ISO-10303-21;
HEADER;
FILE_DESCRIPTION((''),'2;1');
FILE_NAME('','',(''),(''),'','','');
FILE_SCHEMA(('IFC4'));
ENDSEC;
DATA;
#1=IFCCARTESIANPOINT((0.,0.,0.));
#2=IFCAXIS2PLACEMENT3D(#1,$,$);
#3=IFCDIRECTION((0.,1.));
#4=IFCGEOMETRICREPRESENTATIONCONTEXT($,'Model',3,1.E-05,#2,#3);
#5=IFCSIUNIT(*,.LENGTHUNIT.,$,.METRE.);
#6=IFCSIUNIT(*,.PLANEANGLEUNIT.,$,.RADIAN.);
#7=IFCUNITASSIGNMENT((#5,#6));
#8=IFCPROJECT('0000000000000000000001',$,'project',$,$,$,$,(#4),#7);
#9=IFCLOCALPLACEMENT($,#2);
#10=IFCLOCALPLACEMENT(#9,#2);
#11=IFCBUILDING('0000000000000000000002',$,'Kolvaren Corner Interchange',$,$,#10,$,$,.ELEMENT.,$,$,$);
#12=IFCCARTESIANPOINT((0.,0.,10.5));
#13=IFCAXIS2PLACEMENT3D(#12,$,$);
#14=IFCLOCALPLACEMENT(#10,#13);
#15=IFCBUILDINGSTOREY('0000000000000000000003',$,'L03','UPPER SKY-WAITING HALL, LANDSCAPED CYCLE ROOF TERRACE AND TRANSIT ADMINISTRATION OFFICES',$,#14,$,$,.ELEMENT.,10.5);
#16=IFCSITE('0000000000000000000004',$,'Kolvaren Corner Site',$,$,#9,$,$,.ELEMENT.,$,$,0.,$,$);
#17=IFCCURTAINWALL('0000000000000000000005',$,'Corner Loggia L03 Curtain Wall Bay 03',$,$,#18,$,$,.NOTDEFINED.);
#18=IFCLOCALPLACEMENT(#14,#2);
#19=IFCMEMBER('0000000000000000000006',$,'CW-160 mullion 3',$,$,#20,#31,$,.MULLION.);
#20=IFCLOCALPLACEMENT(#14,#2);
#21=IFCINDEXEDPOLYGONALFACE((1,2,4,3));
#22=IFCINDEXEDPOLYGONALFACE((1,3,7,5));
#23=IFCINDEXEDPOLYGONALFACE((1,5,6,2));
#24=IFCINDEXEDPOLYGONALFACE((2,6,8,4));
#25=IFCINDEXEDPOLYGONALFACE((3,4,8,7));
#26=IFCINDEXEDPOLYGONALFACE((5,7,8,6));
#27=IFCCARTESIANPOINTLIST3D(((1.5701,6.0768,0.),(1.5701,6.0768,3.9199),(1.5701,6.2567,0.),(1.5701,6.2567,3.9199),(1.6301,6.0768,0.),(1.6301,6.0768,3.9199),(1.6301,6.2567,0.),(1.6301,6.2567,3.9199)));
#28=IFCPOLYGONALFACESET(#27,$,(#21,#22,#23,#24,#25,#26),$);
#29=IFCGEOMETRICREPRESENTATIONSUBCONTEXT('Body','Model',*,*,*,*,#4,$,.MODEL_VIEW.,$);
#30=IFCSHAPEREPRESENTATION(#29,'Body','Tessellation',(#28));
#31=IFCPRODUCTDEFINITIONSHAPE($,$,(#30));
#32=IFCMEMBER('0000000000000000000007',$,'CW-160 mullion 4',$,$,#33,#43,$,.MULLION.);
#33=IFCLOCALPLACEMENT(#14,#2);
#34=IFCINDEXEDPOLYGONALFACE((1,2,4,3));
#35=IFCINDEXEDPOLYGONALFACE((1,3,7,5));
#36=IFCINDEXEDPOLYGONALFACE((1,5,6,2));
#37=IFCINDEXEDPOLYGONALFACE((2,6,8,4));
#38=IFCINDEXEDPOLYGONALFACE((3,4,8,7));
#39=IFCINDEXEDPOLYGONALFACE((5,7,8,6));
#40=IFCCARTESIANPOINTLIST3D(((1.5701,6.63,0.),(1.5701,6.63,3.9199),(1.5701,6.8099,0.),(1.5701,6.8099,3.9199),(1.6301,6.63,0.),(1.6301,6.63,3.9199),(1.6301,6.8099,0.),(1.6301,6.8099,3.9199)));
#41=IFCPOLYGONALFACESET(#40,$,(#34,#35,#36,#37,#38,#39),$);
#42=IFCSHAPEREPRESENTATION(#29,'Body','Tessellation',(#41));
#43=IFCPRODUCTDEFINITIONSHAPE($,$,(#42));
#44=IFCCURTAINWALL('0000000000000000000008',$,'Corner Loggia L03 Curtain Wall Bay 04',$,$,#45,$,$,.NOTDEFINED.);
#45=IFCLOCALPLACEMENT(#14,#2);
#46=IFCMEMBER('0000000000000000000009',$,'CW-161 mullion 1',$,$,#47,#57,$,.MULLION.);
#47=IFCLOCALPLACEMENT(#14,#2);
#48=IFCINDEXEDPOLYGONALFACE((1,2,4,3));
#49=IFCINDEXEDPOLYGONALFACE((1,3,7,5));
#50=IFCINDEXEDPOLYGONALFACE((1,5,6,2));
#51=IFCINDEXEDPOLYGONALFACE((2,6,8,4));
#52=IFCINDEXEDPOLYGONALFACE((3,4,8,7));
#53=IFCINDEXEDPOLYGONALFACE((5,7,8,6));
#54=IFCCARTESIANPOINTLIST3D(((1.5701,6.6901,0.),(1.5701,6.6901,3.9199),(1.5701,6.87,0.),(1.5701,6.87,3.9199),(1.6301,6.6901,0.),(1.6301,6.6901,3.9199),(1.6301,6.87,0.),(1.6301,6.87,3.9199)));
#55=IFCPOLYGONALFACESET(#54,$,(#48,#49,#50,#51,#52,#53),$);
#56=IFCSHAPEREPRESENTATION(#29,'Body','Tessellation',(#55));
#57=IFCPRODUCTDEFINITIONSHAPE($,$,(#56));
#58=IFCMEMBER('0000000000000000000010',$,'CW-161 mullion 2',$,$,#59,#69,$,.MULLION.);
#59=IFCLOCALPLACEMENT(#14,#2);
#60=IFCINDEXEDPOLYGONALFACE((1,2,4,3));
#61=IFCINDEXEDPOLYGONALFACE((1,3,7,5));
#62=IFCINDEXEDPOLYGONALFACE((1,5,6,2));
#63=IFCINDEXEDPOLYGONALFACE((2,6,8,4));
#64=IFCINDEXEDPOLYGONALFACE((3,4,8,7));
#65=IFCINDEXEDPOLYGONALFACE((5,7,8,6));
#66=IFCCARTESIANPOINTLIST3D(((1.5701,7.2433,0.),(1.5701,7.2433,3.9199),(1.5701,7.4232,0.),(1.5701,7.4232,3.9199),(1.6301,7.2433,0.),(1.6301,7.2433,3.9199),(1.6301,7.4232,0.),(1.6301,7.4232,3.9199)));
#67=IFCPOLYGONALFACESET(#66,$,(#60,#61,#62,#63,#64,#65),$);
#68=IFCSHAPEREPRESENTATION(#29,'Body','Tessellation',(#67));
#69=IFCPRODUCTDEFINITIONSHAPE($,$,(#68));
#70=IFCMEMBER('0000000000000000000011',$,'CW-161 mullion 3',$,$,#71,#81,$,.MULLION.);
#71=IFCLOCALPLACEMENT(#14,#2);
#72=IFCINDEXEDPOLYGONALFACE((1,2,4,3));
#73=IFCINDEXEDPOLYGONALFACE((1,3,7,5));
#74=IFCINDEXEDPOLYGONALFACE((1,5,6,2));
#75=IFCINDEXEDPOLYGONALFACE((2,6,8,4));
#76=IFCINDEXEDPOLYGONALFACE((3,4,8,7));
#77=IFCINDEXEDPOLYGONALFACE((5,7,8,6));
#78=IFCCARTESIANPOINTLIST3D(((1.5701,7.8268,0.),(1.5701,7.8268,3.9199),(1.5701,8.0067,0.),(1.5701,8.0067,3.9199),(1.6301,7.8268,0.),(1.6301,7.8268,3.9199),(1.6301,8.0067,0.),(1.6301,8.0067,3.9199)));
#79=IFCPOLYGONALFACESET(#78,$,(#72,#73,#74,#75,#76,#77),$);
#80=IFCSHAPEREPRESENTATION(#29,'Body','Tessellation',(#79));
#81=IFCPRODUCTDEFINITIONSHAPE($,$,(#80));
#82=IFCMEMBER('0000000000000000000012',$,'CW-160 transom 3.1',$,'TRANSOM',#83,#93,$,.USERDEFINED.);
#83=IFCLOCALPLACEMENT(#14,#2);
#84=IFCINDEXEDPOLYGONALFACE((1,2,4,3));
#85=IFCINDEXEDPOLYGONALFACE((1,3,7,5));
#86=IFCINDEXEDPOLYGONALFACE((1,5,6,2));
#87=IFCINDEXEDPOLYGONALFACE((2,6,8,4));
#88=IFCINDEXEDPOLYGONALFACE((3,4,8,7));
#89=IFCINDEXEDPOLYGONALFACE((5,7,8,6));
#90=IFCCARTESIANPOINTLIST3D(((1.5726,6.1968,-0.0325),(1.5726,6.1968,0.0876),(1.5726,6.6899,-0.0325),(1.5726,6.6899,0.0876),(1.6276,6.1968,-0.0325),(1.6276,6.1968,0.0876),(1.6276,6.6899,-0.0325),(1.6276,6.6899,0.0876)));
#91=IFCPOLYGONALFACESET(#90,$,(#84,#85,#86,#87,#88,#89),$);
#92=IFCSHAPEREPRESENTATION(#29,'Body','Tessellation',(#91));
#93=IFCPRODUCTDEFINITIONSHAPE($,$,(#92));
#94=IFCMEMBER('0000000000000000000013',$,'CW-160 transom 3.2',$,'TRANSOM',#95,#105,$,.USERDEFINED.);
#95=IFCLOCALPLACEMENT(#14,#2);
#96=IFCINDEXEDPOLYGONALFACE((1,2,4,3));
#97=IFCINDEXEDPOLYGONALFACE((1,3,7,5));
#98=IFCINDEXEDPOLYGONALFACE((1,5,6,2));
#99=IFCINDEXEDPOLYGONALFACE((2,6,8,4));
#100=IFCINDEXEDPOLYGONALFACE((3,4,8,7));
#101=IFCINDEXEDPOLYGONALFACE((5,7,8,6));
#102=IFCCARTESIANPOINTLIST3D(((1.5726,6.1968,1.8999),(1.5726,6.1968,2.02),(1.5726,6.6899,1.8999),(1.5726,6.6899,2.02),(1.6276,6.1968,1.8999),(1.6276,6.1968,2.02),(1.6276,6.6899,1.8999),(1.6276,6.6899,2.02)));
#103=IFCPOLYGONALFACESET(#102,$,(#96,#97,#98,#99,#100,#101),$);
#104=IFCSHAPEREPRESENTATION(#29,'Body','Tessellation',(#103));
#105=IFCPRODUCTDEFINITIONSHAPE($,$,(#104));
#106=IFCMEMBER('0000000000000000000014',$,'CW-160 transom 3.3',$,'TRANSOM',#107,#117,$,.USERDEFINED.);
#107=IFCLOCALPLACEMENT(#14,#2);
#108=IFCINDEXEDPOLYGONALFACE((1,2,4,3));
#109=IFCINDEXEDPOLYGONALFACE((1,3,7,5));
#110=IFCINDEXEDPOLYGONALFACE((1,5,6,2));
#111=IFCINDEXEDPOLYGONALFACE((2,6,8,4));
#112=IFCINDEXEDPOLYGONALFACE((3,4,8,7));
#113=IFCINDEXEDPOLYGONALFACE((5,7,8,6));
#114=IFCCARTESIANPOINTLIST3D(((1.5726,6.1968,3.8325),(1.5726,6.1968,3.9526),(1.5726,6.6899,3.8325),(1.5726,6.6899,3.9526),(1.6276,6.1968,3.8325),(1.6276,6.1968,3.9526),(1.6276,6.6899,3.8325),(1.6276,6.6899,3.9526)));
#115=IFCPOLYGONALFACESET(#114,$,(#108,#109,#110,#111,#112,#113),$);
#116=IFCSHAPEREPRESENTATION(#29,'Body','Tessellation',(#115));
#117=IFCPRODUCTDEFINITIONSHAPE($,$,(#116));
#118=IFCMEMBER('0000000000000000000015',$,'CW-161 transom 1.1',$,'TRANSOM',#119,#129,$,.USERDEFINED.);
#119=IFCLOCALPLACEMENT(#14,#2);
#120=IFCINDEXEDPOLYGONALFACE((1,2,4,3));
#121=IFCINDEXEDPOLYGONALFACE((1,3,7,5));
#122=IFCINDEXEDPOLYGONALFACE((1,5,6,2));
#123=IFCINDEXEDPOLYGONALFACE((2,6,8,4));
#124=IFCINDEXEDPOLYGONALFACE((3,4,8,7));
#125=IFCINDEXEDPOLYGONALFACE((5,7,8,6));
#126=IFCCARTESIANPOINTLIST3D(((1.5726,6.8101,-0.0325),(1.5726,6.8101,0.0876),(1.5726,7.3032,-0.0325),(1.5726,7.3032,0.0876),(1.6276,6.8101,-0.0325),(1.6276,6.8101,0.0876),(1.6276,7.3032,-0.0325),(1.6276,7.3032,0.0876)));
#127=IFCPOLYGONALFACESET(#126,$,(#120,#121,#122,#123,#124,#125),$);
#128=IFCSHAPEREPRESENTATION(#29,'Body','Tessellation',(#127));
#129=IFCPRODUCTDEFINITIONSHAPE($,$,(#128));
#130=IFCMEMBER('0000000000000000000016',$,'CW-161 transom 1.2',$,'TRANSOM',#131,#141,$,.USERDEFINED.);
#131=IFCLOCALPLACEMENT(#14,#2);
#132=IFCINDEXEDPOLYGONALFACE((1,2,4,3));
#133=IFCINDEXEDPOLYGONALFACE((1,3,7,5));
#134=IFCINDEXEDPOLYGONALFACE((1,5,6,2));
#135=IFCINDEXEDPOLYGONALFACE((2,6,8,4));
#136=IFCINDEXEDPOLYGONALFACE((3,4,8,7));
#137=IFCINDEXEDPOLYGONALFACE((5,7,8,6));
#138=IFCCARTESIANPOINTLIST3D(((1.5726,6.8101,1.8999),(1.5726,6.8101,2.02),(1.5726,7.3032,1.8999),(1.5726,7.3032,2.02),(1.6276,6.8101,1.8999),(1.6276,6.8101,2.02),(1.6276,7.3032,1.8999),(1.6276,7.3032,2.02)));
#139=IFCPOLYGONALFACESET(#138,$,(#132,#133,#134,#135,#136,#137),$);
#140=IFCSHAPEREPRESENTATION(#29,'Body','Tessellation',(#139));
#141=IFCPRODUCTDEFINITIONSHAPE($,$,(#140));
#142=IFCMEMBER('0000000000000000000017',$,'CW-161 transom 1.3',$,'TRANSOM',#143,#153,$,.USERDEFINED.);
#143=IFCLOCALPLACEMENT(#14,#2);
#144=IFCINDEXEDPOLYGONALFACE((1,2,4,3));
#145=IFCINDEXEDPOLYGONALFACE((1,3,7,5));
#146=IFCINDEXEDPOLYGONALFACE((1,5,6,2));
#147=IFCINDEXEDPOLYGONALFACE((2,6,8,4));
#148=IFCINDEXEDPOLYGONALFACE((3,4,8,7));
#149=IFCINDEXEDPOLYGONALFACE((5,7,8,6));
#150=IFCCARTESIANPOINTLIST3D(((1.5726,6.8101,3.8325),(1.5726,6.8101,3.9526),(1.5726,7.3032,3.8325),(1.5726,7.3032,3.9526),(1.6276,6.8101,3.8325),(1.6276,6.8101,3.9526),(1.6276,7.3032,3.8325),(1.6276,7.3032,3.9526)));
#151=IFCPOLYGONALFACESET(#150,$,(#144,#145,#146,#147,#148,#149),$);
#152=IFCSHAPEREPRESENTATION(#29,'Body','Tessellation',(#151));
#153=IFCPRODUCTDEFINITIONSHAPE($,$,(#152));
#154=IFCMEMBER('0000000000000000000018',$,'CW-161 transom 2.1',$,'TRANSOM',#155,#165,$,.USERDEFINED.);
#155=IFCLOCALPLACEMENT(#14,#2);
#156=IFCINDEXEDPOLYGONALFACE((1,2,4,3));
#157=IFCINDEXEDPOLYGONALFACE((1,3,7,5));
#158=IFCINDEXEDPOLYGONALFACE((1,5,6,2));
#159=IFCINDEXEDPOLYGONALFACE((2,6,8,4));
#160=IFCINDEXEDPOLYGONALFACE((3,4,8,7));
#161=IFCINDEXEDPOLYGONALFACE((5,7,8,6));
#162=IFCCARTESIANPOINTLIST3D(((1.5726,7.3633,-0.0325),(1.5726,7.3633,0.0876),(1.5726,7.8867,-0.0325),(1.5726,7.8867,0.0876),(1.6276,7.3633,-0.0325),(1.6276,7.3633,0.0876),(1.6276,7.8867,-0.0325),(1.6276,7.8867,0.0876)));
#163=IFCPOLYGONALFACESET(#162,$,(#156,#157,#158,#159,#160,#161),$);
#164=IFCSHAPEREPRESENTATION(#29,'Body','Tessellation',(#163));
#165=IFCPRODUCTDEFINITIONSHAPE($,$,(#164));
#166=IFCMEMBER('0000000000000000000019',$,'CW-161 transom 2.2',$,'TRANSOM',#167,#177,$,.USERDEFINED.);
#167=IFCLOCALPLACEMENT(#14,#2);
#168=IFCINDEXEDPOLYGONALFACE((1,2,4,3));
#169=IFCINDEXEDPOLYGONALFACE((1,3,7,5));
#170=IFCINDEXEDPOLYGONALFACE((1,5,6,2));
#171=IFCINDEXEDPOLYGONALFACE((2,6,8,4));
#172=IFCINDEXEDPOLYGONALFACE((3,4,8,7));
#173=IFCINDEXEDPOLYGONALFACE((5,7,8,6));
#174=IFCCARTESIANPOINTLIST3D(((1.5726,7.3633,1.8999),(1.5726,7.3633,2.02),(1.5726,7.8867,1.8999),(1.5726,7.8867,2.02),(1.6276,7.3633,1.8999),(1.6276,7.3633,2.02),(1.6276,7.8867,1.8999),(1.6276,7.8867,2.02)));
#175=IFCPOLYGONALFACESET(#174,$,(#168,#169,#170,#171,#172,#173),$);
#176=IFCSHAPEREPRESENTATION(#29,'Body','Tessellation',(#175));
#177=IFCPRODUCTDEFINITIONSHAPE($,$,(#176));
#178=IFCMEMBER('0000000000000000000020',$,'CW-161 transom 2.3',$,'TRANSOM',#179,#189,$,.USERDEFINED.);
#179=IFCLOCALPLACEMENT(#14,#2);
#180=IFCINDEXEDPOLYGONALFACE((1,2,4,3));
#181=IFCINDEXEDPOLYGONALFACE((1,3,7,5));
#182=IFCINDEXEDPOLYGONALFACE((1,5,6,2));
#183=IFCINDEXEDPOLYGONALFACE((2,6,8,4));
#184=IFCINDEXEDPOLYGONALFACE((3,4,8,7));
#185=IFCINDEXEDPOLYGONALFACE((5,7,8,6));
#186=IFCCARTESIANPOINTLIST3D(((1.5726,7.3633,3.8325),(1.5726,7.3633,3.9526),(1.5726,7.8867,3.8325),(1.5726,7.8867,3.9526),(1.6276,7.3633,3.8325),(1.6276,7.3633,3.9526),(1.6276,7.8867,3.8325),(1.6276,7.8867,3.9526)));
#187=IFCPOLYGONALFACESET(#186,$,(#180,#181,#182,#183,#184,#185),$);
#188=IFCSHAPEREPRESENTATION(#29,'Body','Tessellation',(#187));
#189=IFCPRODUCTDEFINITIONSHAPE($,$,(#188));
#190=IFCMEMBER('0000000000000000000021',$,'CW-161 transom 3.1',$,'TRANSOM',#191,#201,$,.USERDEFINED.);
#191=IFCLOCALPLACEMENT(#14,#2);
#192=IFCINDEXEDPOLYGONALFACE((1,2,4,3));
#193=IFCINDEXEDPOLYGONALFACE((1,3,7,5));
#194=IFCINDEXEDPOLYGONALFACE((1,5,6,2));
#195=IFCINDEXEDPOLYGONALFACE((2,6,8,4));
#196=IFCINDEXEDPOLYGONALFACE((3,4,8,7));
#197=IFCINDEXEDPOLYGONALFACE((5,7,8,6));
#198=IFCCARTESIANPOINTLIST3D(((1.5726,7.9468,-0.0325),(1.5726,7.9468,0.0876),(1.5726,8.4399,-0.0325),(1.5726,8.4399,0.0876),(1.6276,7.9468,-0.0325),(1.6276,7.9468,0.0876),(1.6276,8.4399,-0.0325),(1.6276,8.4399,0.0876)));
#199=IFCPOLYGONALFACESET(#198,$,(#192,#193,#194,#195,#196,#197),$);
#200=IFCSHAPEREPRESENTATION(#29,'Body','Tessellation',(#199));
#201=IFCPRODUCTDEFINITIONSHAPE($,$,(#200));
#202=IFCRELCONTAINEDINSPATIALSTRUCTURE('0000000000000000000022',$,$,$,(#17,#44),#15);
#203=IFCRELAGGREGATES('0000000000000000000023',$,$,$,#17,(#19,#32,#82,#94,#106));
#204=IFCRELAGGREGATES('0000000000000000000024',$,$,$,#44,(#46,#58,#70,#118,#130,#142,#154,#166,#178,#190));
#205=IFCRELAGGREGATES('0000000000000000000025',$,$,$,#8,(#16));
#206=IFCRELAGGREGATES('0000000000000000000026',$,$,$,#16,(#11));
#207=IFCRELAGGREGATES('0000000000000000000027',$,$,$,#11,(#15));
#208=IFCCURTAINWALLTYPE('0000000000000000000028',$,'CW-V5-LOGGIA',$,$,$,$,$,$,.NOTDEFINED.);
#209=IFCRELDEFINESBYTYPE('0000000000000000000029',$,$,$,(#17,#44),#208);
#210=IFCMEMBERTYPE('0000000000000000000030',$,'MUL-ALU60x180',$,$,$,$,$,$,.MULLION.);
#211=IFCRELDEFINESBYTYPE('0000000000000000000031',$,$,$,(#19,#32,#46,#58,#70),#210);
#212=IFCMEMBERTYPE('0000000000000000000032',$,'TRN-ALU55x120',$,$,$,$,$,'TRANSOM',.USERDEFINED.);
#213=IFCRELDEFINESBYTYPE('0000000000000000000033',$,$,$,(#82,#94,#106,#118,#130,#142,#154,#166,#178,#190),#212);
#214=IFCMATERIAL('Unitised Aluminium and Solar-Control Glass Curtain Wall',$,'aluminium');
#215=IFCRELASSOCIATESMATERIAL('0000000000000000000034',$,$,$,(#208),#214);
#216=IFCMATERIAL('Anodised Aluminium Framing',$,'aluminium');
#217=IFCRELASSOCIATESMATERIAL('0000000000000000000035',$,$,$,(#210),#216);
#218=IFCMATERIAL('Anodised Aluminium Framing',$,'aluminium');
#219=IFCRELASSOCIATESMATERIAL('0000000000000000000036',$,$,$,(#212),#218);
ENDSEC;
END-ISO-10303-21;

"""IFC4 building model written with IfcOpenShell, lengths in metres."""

from ifc_helpers import new_model, si_unit, direction, frame, origin, origin_2d, place, context, subcontext, project, spatial, rectangle, extrude, material, material_profile, profile_set, type_object, element, aggregate, save


model = new_model("IFC4")

# Units and contexts
model_context = context("Model", 3, precision=1e-05, world=origin(), true_north=direction((0.0, 1.0)))
body_context = subcontext(model_context, "Body", "Model", "MODEL_VIEW")
ifc_project = project(units=[si_unit("LENGTHUNIT", "METRE"), si_unit("PLANEANGLEUNIT", "RADIAN")], contexts=[model_context])

# Site, building, storey
site_placement = place(None, origin())
site = spatial("IfcSite", under=ifc_project, at=site_placement, Name="Kolvaren Corner Site", CompositionType="ELEMENT", RefElevation=0.0)
building_placement = place(site_placement, origin())
building = spatial("IfcBuilding", under=site, at=building_placement, Name="Kolvaren Corner Interchange", CompositionType="ELEMENT")
storey_placement = place(building_placement, frame((0.0, 0.0, 10.5)))
storey = spatial("IfcBuildingStorey", under=building, at=storey_placement, Name="L03", Description="UPPER SKY-WAITING HALL, LANDSCAPED CYCLE ROOF TERRACE AND TRANSIT ADMINISTRATION OFFICES", CompositionType="ELEMENT", Elevation=10.5)

# Curtain walls, members
ifc_material_1 = material(Name="Unitised Aluminium and Solar-Control Glass Curtain Wall", Category="aluminium")
curtain_wall_type = type_object("IfcCurtainWallType", Name="CW-V5-LOGGIA", PredefinedType="NOTDEFINED", material=ifc_material_1)
curtain_wall_1_placement = place(storey_placement, origin())
curtain_wall_1 = element("IfcCurtainWall", 1, at=curtain_wall_1_placement, inside=storey, type_object=curtain_wall_type, Name="Corner Loggia L03 Curtain Wall Bay 03", PredefinedType="NOTDEFINED")
ifc_material_2 = material(Name="Anodised Aluminium Framing", Category="aluminium")
ifc_material_profile_1 = material_profile(ifc_material_2, rectangle(XDim=0.0601, YDim=0.1799, at=origin_2d()), Name="ALU 60x180")
ifc_profile_set_1 = profile_set([ifc_material_profile_1], Name="Anodised Aluminium Framing")
member_type_1 = type_object("IfcMemberType", Name="MUL-ALU60x180", PredefinedType="MULLION", material=ifc_profile_set_1)
member_1_placement = place(storey_placement, frame((1.6001, 6.1667, 0.0), z_axis=(0.0, 0.0, 1.0), x_axis=(-1.0, 0.0, 0.0)))
member_1 = element("IfcMember", 2, at=member_1_placement, type_object=member_type_1, Name="CW-160 mullion 3", PredefinedType="MULLION", context=body_context, shape_type="SweptSolid", body=[
    extrude(rectangle(XDim=0.0601, YDim=0.1799, at=origin_2d()), origin(), (0.0, 0.0, 1.0), 3.9199),
])
member_2_placement = place(storey_placement, frame((1.6001, 6.72, 0.0), z_axis=(0.0, 0.0, 1.0), x_axis=(-1.0, 0.0, 0.0)))
member_2 = element("IfcMember", 3, at=member_2_placement, type_object=member_type_1, Name="CW-160 mullion 4", PredefinedType="MULLION", context=body_context, shape_type="SweptSolid", body=[
    extrude(rectangle(XDim=0.0601, YDim=0.1799, at=origin_2d()), origin(), (0.0, 0.0, 1.0), 3.9199),
])
curtain_wall_2_placement = place(storey_placement, origin())
curtain_wall_2 = element("IfcCurtainWall", 4, at=curtain_wall_2_placement, inside=storey, type_object=curtain_wall_type, Name="Corner Loggia L03 Curtain Wall Bay 04", PredefinedType="NOTDEFINED")
member_3_placement = place(storey_placement, frame((1.6001, 6.78, 0.0), z_axis=(0.0, 0.0, 1.0), x_axis=(-1.0, 0.0, 0.0)))
member_3 = element("IfcMember", 5, at=member_3_placement, type_object=member_type_1, Name="CW-161 mullion 1", PredefinedType="MULLION", context=body_context, shape_type="SweptSolid", body=[
    extrude(rectangle(XDim=0.0601, YDim=0.1799, at=origin_2d()), origin(), (0.0, 0.0, 1.0), 3.9199),
])
member_4_placement = place(storey_placement, frame((1.6001, 7.3333, 0.0), z_axis=(0.0, 0.0, 1.0), x_axis=(-1.0, 0.0, 0.0)))
member_4 = element("IfcMember", 6, at=member_4_placement, type_object=member_type_1, Name="CW-161 mullion 2", PredefinedType="MULLION", context=body_context, shape_type="SweptSolid", body=[
    extrude(rectangle(XDim=0.0601, YDim=0.1799, at=origin_2d()), origin(), (0.0, 0.0, 1.0), 3.9199),
])
member_5_placement = place(storey_placement, frame((1.6001, 7.9167, 0.0), z_axis=(0.0, 0.0, 1.0), x_axis=(-1.0, 0.0, 0.0)))
member_5 = element("IfcMember", 7, at=member_5_placement, type_object=member_type_1, Name="CW-161 mullion 3", PredefinedType="MULLION", context=body_context, shape_type="SweptSolid", body=[
    extrude(rectangle(XDim=0.0601, YDim=0.1799, at=origin_2d()), origin(), (0.0, 0.0, 1.0), 3.9199),
])

# Members
ifc_material_3 = material(Name="Anodised Aluminium Framing", Category="aluminium")
ifc_material_profile_2 = material_profile(ifc_material_3, rectangle(XDim=0.0549, YDim=0.1201, at=origin_2d()), Name="ALU 55x120")
ifc_profile_set_2 = profile_set([ifc_material_profile_2], Name="Anodised Aluminium Framing")
member_type_2 = type_object("IfcMemberType", Name="TRN-ALU55x120", ElementType="TRANSOM", PredefinedType="USERDEFINED", material=ifc_profile_set_2)
member_6_placement = place(storey_placement, frame((1.6001, 6.1968, 0.0276), z_axis=(0.0, 1.0, 0.0), x_axis=(-1.0, 0.0, 0.0)))
member_6 = element("IfcMember", 8, at=member_6_placement, type_object=member_type_2, Name="CW-160 transom 3.1", ObjectType="TRANSOM", PredefinedType="USERDEFINED", context=body_context, shape_type="SweptSolid", body=[
    extrude(rectangle(XDim=0.0549, YDim=0.1201, at=origin_2d()), origin(), (0.0, 0.0, 1.0), 0.4932),
])
member_7_placement = place(storey_placement, frame((1.6001, 6.1968, 1.96), z_axis=(0.0, 1.0, 0.0), x_axis=(-1.0, 0.0, 0.0)))
member_7 = element("IfcMember", 9, at=member_7_placement, type_object=member_type_2, Name="CW-160 transom 3.2", ObjectType="TRANSOM", PredefinedType="USERDEFINED", context=body_context, shape_type="SweptSolid", body=[
    extrude(rectangle(XDim=0.0549, YDim=0.1201, at=origin_2d()), origin(), (0.0, 0.0, 1.0), 0.4932),
])
member_8_placement = place(storey_placement, frame((1.6001, 6.1968, 3.8926), z_axis=(0.0, 1.0, 0.0), x_axis=(-1.0, 0.0, 0.0)))
member_8 = element("IfcMember", 10, at=member_8_placement, type_object=member_type_2, Name="CW-160 transom 3.3", ObjectType="TRANSOM", PredefinedType="USERDEFINED", context=body_context, shape_type="SweptSolid", body=[
    extrude(rectangle(XDim=0.0549, YDim=0.1201, at=origin_2d()), origin(), (0.0, 0.0, 1.0), 0.4932),
])
member_9_placement = place(storey_placement, frame((1.6001, 6.8101, 0.0276), z_axis=(0.0, 1.0, 0.0), x_axis=(-1.0, 0.0, 0.0)))
member_9 = element("IfcMember", 11, at=member_9_placement, type_object=member_type_2, Name="CW-161 transom 1.1", ObjectType="TRANSOM", PredefinedType="USERDEFINED", context=body_context, shape_type="SweptSolid", body=[
    extrude(rectangle(XDim=0.0549, YDim=0.1201, at=origin_2d()), origin(), (0.0, 0.0, 1.0), 0.4932),
])
member_10_placement = place(storey_placement, frame((1.6001, 6.8101, 1.96), z_axis=(0.0, 1.0, 0.0), x_axis=(-1.0, 0.0, 0.0)))
member_10 = element("IfcMember", 12, at=member_10_placement, type_object=member_type_2, Name="CW-161 transom 1.2", ObjectType="TRANSOM", PredefinedType="USERDEFINED", context=body_context, shape_type="SweptSolid", body=[
    extrude(rectangle(XDim=0.0549, YDim=0.1201, at=origin_2d()), origin(), (0.0, 0.0, 1.0), 0.4932),
])
member_11_placement = place(storey_placement, frame((1.6001, 6.8101, 3.8926), z_axis=(0.0, 1.0, 0.0), x_axis=(-1.0, 0.0, 0.0)))
member_11 = element("IfcMember", 13, at=member_11_placement, type_object=member_type_2, Name="CW-161 transom 1.3", ObjectType="TRANSOM", PredefinedType="USERDEFINED", context=body_context, shape_type="SweptSolid", body=[
    extrude(rectangle(XDim=0.0549, YDim=0.1201, at=origin_2d()), origin(), (0.0, 0.0, 1.0), 0.4932),
])
member_12_placement = place(storey_placement, frame((1.6001, 7.3633, 0.0276), z_axis=(0.0, 1.0, 0.0), x_axis=(-1.0, 0.0, 0.0)))
member_12 = element("IfcMember", 14, at=member_12_placement, type_object=member_type_2, Name="CW-161 transom 2.1", ObjectType="TRANSOM", PredefinedType="USERDEFINED", context=body_context, shape_type="SweptSolid", body=[
    extrude(rectangle(XDim=0.0549, YDim=0.1201, at=origin_2d()), origin(), (0.0, 0.0, 1.0), 0.5234),
])
member_13_placement = place(storey_placement, frame((1.6001, 7.3633, 1.96), z_axis=(0.0, 1.0, 0.0), x_axis=(-1.0, 0.0, 0.0)))
member_13 = element("IfcMember", 15, at=member_13_placement, type_object=member_type_2, Name="CW-161 transom 2.2", ObjectType="TRANSOM", PredefinedType="USERDEFINED", context=body_context, shape_type="SweptSolid", body=[
    extrude(rectangle(XDim=0.0549, YDim=0.1201, at=origin_2d()), origin(), (0.0, 0.0, 1.0), 0.5234),
])
member_14_placement = place(storey_placement, frame((1.6001, 7.3633, 3.8926), z_axis=(0.0, 1.0, 0.0), x_axis=(-1.0, 0.0, 0.0)))
member_14 = element("IfcMember", 16, at=member_14_placement, type_object=member_type_2, Name="CW-161 transom 2.3", ObjectType="TRANSOM", PredefinedType="USERDEFINED", context=body_context, shape_type="SweptSolid", body=[
    extrude(rectangle(XDim=0.0549, YDim=0.1201, at=origin_2d()), origin(), (0.0, 0.0, 1.0), 0.5234),
])
member_15_placement = place(storey_placement, frame((1.6001, 7.9468, 0.0276), z_axis=(0.0, 1.0, 0.0), x_axis=(-1.0, 0.0, 0.0)))
member_15 = element("IfcMember", 17, at=member_15_placement, type_object=member_type_2, Name="CW-161 transom 3.1", ObjectType="TRANSOM", PredefinedType="USERDEFINED", context=body_context, shape_type="SweptSolid", body=[
    extrude(rectangle(XDim=0.0549, YDim=0.1201, at=origin_2d()), origin(), (0.0, 0.0, 1.0), 0.4932),
])

aggregate(curtain_wall_1, [member_1, member_2, member_6, member_7, member_8])
aggregate(curtain_wall_2, [member_3, member_4, member_5, member_9, member_10, member_11, member_12, member_13, member_14, member_15])

save(model, "model.ifc")
